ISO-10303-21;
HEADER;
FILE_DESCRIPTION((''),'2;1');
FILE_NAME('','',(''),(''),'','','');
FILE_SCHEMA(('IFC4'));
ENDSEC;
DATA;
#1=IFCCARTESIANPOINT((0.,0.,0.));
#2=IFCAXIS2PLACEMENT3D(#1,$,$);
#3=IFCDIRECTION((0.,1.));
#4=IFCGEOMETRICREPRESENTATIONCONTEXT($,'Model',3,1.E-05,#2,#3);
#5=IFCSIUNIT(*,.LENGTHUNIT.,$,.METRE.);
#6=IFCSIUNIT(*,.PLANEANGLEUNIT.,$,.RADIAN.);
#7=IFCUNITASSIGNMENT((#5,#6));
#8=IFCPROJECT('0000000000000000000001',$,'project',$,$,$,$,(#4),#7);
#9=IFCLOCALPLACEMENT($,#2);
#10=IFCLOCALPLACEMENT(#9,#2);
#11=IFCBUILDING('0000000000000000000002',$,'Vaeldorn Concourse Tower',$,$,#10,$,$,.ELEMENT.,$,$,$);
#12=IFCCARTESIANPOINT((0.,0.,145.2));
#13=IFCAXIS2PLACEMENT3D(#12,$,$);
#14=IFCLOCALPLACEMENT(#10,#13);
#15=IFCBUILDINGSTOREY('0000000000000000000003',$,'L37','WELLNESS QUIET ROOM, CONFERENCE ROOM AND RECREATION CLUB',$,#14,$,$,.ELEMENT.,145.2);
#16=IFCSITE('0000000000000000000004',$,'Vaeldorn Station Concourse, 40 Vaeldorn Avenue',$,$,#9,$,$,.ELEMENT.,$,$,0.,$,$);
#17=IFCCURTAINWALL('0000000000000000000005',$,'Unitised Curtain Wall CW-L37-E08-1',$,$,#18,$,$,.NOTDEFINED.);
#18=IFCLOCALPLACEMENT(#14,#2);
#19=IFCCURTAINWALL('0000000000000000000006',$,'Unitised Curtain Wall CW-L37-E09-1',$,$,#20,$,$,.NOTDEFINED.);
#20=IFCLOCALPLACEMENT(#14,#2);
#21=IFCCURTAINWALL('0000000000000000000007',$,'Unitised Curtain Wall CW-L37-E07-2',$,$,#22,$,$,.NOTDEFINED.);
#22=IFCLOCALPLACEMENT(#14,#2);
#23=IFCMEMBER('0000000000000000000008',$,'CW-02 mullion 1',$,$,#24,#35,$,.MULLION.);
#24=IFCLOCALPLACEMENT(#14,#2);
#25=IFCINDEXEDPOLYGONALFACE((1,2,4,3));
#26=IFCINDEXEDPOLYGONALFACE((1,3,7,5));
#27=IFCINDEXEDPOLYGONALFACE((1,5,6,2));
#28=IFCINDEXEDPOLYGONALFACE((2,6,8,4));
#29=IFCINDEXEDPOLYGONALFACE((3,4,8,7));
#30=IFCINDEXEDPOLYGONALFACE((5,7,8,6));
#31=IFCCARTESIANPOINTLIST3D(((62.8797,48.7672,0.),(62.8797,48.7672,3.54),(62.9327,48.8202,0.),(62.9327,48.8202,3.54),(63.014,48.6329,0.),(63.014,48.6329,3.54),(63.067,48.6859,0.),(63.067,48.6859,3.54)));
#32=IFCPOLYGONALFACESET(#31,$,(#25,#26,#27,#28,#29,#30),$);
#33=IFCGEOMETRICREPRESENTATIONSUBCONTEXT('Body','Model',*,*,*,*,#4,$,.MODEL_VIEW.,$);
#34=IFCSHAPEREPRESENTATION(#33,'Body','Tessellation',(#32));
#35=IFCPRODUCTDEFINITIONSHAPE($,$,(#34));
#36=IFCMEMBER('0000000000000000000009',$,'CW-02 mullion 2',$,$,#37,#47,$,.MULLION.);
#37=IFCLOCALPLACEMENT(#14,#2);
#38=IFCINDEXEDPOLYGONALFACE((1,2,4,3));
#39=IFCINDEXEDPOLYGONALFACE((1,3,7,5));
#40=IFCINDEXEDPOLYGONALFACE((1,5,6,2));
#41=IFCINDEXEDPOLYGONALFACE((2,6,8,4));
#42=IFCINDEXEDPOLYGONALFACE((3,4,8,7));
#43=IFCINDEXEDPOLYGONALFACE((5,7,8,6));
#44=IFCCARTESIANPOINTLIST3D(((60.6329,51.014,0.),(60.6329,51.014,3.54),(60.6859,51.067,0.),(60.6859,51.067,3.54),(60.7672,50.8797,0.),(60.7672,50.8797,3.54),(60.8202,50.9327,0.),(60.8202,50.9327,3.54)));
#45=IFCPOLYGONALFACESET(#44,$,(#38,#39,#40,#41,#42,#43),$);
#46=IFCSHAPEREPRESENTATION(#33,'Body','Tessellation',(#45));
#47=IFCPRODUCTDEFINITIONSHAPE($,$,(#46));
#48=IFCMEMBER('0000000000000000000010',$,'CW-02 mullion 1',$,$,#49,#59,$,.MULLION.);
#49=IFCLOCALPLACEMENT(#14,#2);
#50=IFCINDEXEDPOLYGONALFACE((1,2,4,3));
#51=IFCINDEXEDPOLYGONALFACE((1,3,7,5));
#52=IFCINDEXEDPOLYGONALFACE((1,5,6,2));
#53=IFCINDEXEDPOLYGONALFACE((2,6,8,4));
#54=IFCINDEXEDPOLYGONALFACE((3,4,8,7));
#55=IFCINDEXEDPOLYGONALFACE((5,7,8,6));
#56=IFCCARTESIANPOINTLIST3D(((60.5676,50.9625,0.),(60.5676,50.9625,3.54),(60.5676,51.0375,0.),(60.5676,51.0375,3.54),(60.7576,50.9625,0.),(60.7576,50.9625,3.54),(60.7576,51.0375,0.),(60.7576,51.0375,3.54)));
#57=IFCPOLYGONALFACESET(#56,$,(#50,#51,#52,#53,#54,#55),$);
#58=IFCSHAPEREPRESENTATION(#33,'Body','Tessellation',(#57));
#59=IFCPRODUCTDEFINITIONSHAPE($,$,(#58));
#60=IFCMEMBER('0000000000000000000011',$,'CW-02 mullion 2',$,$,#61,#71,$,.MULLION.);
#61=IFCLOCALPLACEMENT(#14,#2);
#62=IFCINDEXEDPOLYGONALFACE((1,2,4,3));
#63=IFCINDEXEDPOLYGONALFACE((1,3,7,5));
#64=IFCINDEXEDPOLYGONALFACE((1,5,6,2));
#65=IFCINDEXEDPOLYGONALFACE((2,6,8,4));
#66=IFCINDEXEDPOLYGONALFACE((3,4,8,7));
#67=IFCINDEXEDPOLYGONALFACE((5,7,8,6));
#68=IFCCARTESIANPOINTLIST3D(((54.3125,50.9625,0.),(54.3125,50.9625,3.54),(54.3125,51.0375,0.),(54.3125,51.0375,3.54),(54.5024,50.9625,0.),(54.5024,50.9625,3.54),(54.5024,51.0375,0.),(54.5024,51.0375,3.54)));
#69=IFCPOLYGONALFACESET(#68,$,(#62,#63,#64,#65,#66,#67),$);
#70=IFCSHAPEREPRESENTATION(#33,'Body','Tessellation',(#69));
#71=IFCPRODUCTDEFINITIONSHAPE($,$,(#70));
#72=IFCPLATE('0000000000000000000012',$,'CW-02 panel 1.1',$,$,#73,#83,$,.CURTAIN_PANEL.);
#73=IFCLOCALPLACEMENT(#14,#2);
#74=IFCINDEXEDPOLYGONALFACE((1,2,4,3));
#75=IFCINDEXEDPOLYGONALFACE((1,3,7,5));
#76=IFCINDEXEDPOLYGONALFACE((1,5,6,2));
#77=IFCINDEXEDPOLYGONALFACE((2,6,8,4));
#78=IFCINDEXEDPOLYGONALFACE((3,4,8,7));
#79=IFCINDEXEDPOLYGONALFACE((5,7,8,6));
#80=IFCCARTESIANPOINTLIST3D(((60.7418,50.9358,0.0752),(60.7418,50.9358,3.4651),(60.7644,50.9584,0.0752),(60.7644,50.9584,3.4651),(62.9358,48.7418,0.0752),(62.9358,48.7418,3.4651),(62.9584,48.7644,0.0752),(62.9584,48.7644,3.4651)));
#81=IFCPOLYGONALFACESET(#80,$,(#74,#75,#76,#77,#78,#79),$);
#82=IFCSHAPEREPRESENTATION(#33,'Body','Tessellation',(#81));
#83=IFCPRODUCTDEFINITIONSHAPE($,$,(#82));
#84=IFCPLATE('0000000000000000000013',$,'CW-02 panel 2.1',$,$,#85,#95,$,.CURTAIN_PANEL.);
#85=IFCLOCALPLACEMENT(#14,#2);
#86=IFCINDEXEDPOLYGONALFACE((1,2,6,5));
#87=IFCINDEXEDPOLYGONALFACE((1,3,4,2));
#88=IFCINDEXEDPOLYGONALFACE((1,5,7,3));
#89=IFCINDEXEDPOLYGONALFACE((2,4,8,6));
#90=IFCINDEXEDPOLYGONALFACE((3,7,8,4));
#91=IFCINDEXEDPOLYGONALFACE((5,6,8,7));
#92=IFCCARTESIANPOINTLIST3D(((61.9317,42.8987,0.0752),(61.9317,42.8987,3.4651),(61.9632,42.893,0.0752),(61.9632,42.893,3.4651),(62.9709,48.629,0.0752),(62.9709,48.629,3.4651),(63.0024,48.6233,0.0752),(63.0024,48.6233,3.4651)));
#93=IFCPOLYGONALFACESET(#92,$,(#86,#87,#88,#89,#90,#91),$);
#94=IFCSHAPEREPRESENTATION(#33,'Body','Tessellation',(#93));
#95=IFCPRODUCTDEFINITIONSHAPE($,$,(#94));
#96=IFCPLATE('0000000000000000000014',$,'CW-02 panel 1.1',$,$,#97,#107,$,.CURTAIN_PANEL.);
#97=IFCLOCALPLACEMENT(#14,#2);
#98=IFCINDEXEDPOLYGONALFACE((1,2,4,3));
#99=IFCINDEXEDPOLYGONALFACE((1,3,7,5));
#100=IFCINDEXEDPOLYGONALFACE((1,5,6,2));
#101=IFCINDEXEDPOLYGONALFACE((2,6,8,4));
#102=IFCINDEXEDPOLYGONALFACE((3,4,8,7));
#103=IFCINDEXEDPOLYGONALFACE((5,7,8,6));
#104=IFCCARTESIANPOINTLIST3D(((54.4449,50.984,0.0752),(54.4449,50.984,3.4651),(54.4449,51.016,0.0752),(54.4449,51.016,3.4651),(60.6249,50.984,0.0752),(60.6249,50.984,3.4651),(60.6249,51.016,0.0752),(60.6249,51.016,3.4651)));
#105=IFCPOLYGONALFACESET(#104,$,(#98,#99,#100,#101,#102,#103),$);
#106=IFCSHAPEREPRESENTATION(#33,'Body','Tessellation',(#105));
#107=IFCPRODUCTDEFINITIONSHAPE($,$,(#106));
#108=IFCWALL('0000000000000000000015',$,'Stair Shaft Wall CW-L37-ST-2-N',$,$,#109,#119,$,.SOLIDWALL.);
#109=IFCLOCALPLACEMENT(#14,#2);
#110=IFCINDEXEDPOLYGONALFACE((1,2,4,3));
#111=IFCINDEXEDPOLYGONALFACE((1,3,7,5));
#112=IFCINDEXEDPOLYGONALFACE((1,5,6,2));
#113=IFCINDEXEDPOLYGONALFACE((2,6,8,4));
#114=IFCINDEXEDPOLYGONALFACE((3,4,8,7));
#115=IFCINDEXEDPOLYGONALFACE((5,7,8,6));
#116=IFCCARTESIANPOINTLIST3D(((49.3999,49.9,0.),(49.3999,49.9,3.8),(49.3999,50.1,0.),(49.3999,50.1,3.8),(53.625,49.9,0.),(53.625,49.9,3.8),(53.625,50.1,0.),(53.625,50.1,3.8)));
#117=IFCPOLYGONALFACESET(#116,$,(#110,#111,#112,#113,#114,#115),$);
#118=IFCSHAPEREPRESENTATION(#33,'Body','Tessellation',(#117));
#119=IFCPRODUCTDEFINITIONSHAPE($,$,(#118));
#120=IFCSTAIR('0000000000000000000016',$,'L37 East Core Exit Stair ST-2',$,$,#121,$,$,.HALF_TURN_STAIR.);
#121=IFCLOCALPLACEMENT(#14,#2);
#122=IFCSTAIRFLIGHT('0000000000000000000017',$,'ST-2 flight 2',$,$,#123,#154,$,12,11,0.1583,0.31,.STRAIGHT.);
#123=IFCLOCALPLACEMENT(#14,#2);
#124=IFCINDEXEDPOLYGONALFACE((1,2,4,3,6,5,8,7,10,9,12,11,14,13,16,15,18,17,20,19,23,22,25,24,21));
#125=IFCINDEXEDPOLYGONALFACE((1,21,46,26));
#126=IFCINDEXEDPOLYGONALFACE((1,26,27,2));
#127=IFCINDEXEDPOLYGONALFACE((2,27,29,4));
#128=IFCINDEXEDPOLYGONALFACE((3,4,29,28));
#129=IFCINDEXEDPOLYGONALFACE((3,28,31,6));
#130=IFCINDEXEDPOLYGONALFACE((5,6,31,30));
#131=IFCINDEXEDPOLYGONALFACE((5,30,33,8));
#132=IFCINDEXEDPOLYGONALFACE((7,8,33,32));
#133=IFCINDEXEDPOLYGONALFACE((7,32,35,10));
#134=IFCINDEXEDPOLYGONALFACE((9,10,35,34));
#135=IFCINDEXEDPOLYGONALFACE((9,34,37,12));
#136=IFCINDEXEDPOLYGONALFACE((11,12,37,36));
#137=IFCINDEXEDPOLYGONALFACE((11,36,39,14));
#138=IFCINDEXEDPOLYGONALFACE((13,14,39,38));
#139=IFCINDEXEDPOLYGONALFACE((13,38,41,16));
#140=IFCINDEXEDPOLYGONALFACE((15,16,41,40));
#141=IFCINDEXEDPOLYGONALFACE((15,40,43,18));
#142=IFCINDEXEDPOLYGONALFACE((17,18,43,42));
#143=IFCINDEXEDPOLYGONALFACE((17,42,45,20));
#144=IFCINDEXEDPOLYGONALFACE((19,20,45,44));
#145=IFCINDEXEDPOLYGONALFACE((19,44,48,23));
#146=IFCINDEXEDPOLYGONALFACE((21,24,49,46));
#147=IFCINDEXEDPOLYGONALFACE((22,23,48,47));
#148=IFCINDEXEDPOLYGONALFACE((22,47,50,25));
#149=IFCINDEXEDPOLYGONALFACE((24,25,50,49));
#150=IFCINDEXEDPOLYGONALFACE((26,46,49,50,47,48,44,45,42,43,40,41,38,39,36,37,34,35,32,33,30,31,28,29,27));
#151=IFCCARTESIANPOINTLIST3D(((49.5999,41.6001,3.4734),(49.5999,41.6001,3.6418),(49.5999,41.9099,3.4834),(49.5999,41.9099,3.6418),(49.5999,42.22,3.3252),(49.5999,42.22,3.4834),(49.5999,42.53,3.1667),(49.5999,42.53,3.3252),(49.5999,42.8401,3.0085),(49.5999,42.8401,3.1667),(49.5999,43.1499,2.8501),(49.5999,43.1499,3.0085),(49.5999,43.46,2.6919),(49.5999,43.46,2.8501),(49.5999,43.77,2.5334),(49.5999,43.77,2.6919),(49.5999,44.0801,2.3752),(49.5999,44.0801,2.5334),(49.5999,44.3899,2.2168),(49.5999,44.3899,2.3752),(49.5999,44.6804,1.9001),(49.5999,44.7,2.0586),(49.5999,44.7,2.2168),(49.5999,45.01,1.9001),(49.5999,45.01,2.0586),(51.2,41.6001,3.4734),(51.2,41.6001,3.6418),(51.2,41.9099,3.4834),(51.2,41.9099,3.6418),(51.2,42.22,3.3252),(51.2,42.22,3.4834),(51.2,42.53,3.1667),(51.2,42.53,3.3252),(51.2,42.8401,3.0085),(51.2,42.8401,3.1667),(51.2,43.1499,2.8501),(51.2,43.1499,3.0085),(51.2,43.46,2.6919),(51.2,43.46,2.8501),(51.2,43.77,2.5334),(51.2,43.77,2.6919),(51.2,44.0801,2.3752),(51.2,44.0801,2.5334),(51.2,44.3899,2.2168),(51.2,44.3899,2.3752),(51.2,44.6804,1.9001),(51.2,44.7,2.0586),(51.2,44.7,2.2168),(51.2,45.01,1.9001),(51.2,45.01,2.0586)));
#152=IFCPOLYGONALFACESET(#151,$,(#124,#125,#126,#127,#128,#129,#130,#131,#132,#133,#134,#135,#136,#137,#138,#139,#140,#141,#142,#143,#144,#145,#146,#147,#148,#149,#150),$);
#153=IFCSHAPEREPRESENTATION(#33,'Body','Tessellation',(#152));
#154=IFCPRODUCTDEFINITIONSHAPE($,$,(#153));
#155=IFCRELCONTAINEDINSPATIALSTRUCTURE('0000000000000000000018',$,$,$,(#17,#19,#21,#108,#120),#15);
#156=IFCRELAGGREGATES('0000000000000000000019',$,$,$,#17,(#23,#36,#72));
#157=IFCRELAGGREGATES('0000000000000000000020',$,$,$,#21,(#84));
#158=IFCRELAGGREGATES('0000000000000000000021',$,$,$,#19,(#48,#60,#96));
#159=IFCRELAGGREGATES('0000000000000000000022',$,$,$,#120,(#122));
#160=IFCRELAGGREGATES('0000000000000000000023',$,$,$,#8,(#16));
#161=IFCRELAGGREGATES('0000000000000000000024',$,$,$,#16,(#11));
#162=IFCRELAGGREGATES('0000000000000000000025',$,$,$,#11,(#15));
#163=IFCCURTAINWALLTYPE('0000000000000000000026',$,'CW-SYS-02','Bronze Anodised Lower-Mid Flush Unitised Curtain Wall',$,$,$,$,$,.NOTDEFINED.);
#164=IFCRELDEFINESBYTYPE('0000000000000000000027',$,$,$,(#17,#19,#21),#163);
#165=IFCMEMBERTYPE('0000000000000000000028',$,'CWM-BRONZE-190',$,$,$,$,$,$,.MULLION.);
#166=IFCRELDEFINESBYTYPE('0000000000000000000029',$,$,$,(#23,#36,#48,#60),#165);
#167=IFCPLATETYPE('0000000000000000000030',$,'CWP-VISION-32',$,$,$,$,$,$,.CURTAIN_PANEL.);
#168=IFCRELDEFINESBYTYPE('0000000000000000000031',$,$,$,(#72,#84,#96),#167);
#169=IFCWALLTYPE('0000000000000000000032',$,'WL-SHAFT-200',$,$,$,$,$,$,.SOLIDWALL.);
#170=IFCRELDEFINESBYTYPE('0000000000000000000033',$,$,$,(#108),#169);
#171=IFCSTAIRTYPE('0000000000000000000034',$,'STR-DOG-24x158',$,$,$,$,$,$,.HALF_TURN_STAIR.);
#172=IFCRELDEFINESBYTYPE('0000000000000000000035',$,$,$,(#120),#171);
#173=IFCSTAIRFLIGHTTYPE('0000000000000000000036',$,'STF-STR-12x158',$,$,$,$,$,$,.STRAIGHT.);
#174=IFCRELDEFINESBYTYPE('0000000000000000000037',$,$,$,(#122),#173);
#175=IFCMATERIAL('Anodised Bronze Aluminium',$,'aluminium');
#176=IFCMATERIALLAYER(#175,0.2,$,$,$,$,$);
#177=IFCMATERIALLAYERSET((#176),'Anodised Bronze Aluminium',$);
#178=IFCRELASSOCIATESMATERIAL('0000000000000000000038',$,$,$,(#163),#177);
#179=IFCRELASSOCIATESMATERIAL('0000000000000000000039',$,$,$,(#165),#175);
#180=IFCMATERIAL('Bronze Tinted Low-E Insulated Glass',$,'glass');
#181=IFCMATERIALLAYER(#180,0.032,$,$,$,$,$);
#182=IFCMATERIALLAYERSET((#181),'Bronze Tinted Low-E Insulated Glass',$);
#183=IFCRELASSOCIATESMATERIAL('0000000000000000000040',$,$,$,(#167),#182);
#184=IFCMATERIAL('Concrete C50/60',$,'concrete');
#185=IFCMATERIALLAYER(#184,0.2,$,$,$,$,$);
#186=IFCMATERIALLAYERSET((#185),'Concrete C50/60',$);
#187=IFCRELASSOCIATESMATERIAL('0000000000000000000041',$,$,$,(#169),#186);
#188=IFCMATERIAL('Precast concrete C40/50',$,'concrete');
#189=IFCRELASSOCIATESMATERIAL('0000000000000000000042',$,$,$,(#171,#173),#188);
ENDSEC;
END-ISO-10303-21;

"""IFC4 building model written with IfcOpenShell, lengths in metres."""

from ifc_helpers import new_model, si_unit, direction, frame, frame_2d, origin, origin_2d, place, context, subcontext, project, spatial, polyline, rectangle, outline, extrude, source, transform, mapped, material, layer, layer_set, material_profile, profile_set, type_object, element, aggregate, save


model = new_model("IFC4")

# Units and contexts
model_context = context("Model", 3, precision=1e-05, world=origin(), true_north=direction((0.0, 1.0)))
body_context = subcontext(model_context, "Body", "Model", "MODEL_VIEW")
ifc_project = project(units=[si_unit("LENGTHUNIT", "METRE"), si_unit("PLANEANGLEUNIT", "RADIAN")], contexts=[model_context])

# Site, building, storey
site_placement = place(None, origin())
site = spatial("IfcSite", under=ifc_project, at=site_placement, Name="Vaeldorn Station Concourse, 40 Vaeldorn Avenue", CompositionType="ELEMENT", RefElevation=0.0)
building_placement = place(site_placement, origin())
building = spatial("IfcBuilding", under=site, at=building_placement, Name="Vaeldorn Concourse Tower", CompositionType="ELEMENT")
storey_placement = place(building_placement, frame((0.0, 0.0, 145.2)))
storey = spatial("IfcBuildingStorey", under=building, at=storey_placement, Name="L37", Description="WELLNESS QUIET ROOM, CONFERENCE ROOM AND RECREATION CLUB", CompositionType="ELEMENT", Elevation=145.2)

# Curtain walls
ifc_material_1 = material(Name="Anodised Bronze Aluminium", Category="aluminium")
ifc_layer_1 = layer(ifc_material_1, 0.2)
ifc_layer_set_1 = layer_set([ifc_layer_1], Name="Anodised Bronze Aluminium")
curtain_wall_type = type_object("IfcCurtainWallType", Name="CW-SYS-02", Description="Bronze Anodised Lower-Mid Flush Unitised Curtain Wall", PredefinedType="NOTDEFINED", material=ifc_layer_set_1)
curtain_wall_1_placement = place(storey_placement, origin())
curtain_wall_1 = element("IfcCurtainWall", 1, at=curtain_wall_1_placement, inside=storey, type_object=curtain_wall_type, Name="Unitised Curtain Wall CW-L37-E08-1", PredefinedType="NOTDEFINED")
curtain_wall_2_placement = place(storey_placement, origin())
curtain_wall_2 = element("IfcCurtainWall", 2, at=curtain_wall_2_placement, inside=storey, type_object=curtain_wall_type, Name="Unitised Curtain Wall CW-L37-E09-1", PredefinedType="NOTDEFINED")
curtain_wall_3_placement = place(storey_placement, origin())
curtain_wall_3 = element("IfcCurtainWall", 3, at=curtain_wall_3_placement, inside=storey, type_object=curtain_wall_type, Name="Unitised Curtain Wall CW-L37-E07-2", PredefinedType="NOTDEFINED")
ifc_material_profile_1 = material_profile(ifc_material_1, rectangle(XDim=0.075, YDim=0.1899, at=origin_2d()), Name="CWM 75x190")
ifc_profile_set_1 = profile_set([ifc_material_profile_1], Name="Anodised Bronze Aluminium")
member_type_1 = type_object("IfcMemberType", Name="CWM-BRONZE-190", PredefinedType="MULLION", material=ifc_profile_set_1)
shared_shape_1 = source(origin(), body_context, "Body", "SweptSolid", [
    extrude(rectangle(XDim=0.075, YDim=0.1899, at=origin_2d()), origin(), (0.0, 0.0, 1.0), 3.54),
])

# Members
member_1_placement = place(storey_placement, frame((62.9734, 48.7266, 0.0), z_axis=(0.0, 0.0, 1.0), x_axis=(-0.707107, -0.707107, 0.0)))
member_1 = element("IfcMember", 4, at=member_1_placement, type_object=member_type_1, Name="CW-02 mullion 1", PredefinedType="MULLION", context=body_context, shape_type="MappedRepresentation", body=[
    mapped(shared_shape_1, transform((0.0, 0.0, 0.0), scale=1.0)),
])
member_2_placement = place(storey_placement, frame((60.7266, 50.9734, 0.0), z_axis=(0.0, 0.0, 1.0), x_axis=(-0.707107, -0.707107, 0.0)))
member_2 = element("IfcMember", 5, at=member_2_placement, type_object=member_type_1, Name="CW-02 mullion 2", PredefinedType="MULLION", context=body_context, shape_type="MappedRepresentation", body=[
    mapped(shared_shape_1, transform((0.0, 0.0, 0.0), scale=1.0)),
])
member_3_placement = place(storey_placement, frame((60.6626, 51.0, 0.0), z_axis=(0.0, 0.0, 1.0), x_axis=(0.0, -1.0, 0.0)))
member_3 = element("IfcMember", 6, at=member_3_placement, type_object=member_type_1, Name="CW-02 mullion 1", PredefinedType="MULLION", context=body_context, shape_type="MappedRepresentation", body=[
    mapped(shared_shape_1, transform((0.0, 0.0, 0.0), scale=1.0)),
])
member_4_placement = place(storey_placement, frame((54.4075, 51.0, 0.0), z_axis=(0.0, 0.0, 1.0), x_axis=(0.0, -1.0, 0.0)))
member_4 = element("IfcMember", 7, at=member_4_placement, type_object=member_type_1, Name="CW-02 mullion 2", PredefinedType="MULLION", context=body_context, shape_type="MappedRepresentation", body=[
    mapped(shared_shape_1, transform((0.0, 0.0, 0.0), scale=1.0)),
])

# Plates
ifc_material_2 = material(Name="Bronze Tinted Low-E Insulated Glass", Category="glass")
ifc_layer_2 = layer(ifc_material_2, 0.032)
ifc_layer_set_2 = layer_set([ifc_layer_2], Name="Bronze Tinted Low-E Insulated Glass")
plate_type = type_object("IfcPlateType", Name="CWP-VISION-32", PredefinedType="CURTAIN_PANEL", material=ifc_layer_set_2)
shared_shape_2 = source(origin(), body_context, "Body", "SweptSolid", [
    extrude(rectangle(XDim=3.1028, YDim=0.032, at=origin_2d()), origin(), (0.0, 0.0, 1.0), 3.3899),
])
plate_1_placement = place(storey_placement, frame((61.8501, 49.8501, 0.0752), z_axis=(0.0, 0.0, 1.0), x_axis=(-0.707107, 0.707107, 0.0)))
plate_1 = element("IfcPlate", 8, at=plate_1_placement, type_object=plate_type, Name="CW-02 panel 1.1", PredefinedType="CURTAIN_PANEL", context=body_context, shape_type="MappedRepresentation", body=[
    mapped(shared_shape_2, transform((0.0, 0.0, 0.0), scale=1.0)),
])
aggregate(curtain_wall_1, [member_1, member_2, plate_1])
shared_shape_3 = source(origin(), body_context, "Body", "SweptSolid", [
    extrude(rectangle(XDim=5.8237, YDim=0.032, at=origin_2d()), origin(), (0.0, 0.0, 1.0), 3.3899),
])
plate_2_placement = place(storey_placement, frame((62.467, 45.761, 0.0752), z_axis=(0.0, 0.0, 1.0), x_axis=(0.178445, 0.98395, 0.0)))
plate_2 = element("IfcPlate", 9, at=plate_2_placement, type_object=plate_type, Name="CW-02 panel 2.1", PredefinedType="CURTAIN_PANEL", context=body_context, shape_type="MappedRepresentation", body=[
    mapped(shared_shape_3, transform((0.0, 0.0, 0.0), scale=1.0)),
])
aggregate(curtain_wall_3, [plate_2])
shared_shape_4 = source(origin(), body_context, "Body", "SweptSolid", [
    extrude(rectangle(XDim=6.1799, YDim=0.032, at=origin_2d()), origin(), (0.0, 0.0, 1.0), 3.3899),
])
plate_3_placement = place(storey_placement, frame((57.5349, 51.0, 0.0752), z_axis=(0.0, 0.0, 1.0), x_axis=(-1.0, 0.0, 0.0)))
plate_3 = element("IfcPlate", 10, at=plate_3_placement, type_object=plate_type, Name="CW-02 panel 1.1", PredefinedType="CURTAIN_PANEL", context=body_context, shape_type="MappedRepresentation", body=[
    mapped(shared_shape_4, transform((0.0, 0.0, 0.0), scale=1.0)),
])
aggregate(curtain_wall_2, [member_3, member_4, plate_3])

# Wall
ifc_material_3 = material(Name="Concrete C50/60", Category="concrete")
ifc_layer_3 = layer(ifc_material_3, 0.2)
ifc_layer_set_3 = layer_set([ifc_layer_3], Name="Concrete C50/60")
wall_type = type_object("IfcWallType", Name="WL-SHAFT-200", PredefinedType="SOLIDWALL", material=ifc_layer_set_3)
wall_placement = place(storey_placement, frame((49.3999, 50.0, 0.0), z_axis=(0.0, 0.0, 1.0), x_axis=(1.0, 0.0, 0.0)))
element("IfcWall", 11, at=wall_placement, inside=storey, type_object=wall_type, Name="Stair Shaft Wall CW-L37-ST-2-N", PredefinedType="SOLIDWALL", context=body_context, shape_type="SweptSolid", body=[
    extrude(rectangle(XDim=4.2251, YDim=0.2, at=frame_2d((2.1125, 0.0))), origin(), (0.0, 0.0, 1.0), 3.8),
])

# Stair, stair flight
ifc_material_4 = material(Name="Precast concrete C40/50", Category="concrete")
stair_type = type_object("IfcStairType", Name="STR-DOG-24x158", PredefinedType="HALF_TURN_STAIR", material=ifc_material_4)
stair_placement = place(storey_placement, origin())
stair = element("IfcStair", 12, at=stair_placement, inside=storey, type_object=stair_type, Name="L37 East Core Exit Stair ST-2", PredefinedType="HALF_TURN_STAIR")
stair_flight_type = type_object("IfcStairFlightType", Name="STF-STR-12x158", PredefinedType="STRAIGHT", material=ifc_material_4)
stair_flight_placement = place(storey_placement, frame((50.3999, 45.01, 1.9001), z_axis=(0.0, 0.0, 1.0), x_axis=(0.0, -1.0, 0.0)))
stair_flight = element("IfcStairFlight", 13, at=stair_flight_placement, type_object=stair_flight_type, Name="ST-2 flight 2", NumberOfRisers=12, NumberOfTreads=11, PredefinedType="STRAIGHT", RiserHeight=0.1583, TreadLength=0.31, context=body_context, shape_type="SweptSolid", body=[
    extrude(outline(polyline([(0.0, 0.0), (0.0, 0.1584), (0.3101, 0.1584), (0.3101, 0.3167), (0.6201, 0.3167), (0.6201, 0.4751), (0.9299, 0.4751), (0.9299, 0.6333), (1.24, 0.6333), (1.24, 0.7917), (1.55, 0.7917), (1.55, 0.95), (1.8601, 0.95), (1.8601, 1.1084), (2.1699, 1.1084), (2.1699, 1.2666), (2.48, 1.2666), (2.48, 1.425), (2.79, 1.425), (2.79, 1.5833), (3.1001, 1.5833), (3.1001, 1.7417), (3.4099, 1.7417), (3.4099, 1.8999), (3.4099, 1.5732), (0.3296, 0.0), (0.0, 0.0)])), frame((0.0, 0.8, 0.0), z_axis=(0.0, -1.0, 0.0), x_axis=(1.0, 0.0, 0.0)), (0.0, 0.0, 1.0), 1.6001),
])
aggregate(stair, [stair_flight])

save(model, "model.ifc")
